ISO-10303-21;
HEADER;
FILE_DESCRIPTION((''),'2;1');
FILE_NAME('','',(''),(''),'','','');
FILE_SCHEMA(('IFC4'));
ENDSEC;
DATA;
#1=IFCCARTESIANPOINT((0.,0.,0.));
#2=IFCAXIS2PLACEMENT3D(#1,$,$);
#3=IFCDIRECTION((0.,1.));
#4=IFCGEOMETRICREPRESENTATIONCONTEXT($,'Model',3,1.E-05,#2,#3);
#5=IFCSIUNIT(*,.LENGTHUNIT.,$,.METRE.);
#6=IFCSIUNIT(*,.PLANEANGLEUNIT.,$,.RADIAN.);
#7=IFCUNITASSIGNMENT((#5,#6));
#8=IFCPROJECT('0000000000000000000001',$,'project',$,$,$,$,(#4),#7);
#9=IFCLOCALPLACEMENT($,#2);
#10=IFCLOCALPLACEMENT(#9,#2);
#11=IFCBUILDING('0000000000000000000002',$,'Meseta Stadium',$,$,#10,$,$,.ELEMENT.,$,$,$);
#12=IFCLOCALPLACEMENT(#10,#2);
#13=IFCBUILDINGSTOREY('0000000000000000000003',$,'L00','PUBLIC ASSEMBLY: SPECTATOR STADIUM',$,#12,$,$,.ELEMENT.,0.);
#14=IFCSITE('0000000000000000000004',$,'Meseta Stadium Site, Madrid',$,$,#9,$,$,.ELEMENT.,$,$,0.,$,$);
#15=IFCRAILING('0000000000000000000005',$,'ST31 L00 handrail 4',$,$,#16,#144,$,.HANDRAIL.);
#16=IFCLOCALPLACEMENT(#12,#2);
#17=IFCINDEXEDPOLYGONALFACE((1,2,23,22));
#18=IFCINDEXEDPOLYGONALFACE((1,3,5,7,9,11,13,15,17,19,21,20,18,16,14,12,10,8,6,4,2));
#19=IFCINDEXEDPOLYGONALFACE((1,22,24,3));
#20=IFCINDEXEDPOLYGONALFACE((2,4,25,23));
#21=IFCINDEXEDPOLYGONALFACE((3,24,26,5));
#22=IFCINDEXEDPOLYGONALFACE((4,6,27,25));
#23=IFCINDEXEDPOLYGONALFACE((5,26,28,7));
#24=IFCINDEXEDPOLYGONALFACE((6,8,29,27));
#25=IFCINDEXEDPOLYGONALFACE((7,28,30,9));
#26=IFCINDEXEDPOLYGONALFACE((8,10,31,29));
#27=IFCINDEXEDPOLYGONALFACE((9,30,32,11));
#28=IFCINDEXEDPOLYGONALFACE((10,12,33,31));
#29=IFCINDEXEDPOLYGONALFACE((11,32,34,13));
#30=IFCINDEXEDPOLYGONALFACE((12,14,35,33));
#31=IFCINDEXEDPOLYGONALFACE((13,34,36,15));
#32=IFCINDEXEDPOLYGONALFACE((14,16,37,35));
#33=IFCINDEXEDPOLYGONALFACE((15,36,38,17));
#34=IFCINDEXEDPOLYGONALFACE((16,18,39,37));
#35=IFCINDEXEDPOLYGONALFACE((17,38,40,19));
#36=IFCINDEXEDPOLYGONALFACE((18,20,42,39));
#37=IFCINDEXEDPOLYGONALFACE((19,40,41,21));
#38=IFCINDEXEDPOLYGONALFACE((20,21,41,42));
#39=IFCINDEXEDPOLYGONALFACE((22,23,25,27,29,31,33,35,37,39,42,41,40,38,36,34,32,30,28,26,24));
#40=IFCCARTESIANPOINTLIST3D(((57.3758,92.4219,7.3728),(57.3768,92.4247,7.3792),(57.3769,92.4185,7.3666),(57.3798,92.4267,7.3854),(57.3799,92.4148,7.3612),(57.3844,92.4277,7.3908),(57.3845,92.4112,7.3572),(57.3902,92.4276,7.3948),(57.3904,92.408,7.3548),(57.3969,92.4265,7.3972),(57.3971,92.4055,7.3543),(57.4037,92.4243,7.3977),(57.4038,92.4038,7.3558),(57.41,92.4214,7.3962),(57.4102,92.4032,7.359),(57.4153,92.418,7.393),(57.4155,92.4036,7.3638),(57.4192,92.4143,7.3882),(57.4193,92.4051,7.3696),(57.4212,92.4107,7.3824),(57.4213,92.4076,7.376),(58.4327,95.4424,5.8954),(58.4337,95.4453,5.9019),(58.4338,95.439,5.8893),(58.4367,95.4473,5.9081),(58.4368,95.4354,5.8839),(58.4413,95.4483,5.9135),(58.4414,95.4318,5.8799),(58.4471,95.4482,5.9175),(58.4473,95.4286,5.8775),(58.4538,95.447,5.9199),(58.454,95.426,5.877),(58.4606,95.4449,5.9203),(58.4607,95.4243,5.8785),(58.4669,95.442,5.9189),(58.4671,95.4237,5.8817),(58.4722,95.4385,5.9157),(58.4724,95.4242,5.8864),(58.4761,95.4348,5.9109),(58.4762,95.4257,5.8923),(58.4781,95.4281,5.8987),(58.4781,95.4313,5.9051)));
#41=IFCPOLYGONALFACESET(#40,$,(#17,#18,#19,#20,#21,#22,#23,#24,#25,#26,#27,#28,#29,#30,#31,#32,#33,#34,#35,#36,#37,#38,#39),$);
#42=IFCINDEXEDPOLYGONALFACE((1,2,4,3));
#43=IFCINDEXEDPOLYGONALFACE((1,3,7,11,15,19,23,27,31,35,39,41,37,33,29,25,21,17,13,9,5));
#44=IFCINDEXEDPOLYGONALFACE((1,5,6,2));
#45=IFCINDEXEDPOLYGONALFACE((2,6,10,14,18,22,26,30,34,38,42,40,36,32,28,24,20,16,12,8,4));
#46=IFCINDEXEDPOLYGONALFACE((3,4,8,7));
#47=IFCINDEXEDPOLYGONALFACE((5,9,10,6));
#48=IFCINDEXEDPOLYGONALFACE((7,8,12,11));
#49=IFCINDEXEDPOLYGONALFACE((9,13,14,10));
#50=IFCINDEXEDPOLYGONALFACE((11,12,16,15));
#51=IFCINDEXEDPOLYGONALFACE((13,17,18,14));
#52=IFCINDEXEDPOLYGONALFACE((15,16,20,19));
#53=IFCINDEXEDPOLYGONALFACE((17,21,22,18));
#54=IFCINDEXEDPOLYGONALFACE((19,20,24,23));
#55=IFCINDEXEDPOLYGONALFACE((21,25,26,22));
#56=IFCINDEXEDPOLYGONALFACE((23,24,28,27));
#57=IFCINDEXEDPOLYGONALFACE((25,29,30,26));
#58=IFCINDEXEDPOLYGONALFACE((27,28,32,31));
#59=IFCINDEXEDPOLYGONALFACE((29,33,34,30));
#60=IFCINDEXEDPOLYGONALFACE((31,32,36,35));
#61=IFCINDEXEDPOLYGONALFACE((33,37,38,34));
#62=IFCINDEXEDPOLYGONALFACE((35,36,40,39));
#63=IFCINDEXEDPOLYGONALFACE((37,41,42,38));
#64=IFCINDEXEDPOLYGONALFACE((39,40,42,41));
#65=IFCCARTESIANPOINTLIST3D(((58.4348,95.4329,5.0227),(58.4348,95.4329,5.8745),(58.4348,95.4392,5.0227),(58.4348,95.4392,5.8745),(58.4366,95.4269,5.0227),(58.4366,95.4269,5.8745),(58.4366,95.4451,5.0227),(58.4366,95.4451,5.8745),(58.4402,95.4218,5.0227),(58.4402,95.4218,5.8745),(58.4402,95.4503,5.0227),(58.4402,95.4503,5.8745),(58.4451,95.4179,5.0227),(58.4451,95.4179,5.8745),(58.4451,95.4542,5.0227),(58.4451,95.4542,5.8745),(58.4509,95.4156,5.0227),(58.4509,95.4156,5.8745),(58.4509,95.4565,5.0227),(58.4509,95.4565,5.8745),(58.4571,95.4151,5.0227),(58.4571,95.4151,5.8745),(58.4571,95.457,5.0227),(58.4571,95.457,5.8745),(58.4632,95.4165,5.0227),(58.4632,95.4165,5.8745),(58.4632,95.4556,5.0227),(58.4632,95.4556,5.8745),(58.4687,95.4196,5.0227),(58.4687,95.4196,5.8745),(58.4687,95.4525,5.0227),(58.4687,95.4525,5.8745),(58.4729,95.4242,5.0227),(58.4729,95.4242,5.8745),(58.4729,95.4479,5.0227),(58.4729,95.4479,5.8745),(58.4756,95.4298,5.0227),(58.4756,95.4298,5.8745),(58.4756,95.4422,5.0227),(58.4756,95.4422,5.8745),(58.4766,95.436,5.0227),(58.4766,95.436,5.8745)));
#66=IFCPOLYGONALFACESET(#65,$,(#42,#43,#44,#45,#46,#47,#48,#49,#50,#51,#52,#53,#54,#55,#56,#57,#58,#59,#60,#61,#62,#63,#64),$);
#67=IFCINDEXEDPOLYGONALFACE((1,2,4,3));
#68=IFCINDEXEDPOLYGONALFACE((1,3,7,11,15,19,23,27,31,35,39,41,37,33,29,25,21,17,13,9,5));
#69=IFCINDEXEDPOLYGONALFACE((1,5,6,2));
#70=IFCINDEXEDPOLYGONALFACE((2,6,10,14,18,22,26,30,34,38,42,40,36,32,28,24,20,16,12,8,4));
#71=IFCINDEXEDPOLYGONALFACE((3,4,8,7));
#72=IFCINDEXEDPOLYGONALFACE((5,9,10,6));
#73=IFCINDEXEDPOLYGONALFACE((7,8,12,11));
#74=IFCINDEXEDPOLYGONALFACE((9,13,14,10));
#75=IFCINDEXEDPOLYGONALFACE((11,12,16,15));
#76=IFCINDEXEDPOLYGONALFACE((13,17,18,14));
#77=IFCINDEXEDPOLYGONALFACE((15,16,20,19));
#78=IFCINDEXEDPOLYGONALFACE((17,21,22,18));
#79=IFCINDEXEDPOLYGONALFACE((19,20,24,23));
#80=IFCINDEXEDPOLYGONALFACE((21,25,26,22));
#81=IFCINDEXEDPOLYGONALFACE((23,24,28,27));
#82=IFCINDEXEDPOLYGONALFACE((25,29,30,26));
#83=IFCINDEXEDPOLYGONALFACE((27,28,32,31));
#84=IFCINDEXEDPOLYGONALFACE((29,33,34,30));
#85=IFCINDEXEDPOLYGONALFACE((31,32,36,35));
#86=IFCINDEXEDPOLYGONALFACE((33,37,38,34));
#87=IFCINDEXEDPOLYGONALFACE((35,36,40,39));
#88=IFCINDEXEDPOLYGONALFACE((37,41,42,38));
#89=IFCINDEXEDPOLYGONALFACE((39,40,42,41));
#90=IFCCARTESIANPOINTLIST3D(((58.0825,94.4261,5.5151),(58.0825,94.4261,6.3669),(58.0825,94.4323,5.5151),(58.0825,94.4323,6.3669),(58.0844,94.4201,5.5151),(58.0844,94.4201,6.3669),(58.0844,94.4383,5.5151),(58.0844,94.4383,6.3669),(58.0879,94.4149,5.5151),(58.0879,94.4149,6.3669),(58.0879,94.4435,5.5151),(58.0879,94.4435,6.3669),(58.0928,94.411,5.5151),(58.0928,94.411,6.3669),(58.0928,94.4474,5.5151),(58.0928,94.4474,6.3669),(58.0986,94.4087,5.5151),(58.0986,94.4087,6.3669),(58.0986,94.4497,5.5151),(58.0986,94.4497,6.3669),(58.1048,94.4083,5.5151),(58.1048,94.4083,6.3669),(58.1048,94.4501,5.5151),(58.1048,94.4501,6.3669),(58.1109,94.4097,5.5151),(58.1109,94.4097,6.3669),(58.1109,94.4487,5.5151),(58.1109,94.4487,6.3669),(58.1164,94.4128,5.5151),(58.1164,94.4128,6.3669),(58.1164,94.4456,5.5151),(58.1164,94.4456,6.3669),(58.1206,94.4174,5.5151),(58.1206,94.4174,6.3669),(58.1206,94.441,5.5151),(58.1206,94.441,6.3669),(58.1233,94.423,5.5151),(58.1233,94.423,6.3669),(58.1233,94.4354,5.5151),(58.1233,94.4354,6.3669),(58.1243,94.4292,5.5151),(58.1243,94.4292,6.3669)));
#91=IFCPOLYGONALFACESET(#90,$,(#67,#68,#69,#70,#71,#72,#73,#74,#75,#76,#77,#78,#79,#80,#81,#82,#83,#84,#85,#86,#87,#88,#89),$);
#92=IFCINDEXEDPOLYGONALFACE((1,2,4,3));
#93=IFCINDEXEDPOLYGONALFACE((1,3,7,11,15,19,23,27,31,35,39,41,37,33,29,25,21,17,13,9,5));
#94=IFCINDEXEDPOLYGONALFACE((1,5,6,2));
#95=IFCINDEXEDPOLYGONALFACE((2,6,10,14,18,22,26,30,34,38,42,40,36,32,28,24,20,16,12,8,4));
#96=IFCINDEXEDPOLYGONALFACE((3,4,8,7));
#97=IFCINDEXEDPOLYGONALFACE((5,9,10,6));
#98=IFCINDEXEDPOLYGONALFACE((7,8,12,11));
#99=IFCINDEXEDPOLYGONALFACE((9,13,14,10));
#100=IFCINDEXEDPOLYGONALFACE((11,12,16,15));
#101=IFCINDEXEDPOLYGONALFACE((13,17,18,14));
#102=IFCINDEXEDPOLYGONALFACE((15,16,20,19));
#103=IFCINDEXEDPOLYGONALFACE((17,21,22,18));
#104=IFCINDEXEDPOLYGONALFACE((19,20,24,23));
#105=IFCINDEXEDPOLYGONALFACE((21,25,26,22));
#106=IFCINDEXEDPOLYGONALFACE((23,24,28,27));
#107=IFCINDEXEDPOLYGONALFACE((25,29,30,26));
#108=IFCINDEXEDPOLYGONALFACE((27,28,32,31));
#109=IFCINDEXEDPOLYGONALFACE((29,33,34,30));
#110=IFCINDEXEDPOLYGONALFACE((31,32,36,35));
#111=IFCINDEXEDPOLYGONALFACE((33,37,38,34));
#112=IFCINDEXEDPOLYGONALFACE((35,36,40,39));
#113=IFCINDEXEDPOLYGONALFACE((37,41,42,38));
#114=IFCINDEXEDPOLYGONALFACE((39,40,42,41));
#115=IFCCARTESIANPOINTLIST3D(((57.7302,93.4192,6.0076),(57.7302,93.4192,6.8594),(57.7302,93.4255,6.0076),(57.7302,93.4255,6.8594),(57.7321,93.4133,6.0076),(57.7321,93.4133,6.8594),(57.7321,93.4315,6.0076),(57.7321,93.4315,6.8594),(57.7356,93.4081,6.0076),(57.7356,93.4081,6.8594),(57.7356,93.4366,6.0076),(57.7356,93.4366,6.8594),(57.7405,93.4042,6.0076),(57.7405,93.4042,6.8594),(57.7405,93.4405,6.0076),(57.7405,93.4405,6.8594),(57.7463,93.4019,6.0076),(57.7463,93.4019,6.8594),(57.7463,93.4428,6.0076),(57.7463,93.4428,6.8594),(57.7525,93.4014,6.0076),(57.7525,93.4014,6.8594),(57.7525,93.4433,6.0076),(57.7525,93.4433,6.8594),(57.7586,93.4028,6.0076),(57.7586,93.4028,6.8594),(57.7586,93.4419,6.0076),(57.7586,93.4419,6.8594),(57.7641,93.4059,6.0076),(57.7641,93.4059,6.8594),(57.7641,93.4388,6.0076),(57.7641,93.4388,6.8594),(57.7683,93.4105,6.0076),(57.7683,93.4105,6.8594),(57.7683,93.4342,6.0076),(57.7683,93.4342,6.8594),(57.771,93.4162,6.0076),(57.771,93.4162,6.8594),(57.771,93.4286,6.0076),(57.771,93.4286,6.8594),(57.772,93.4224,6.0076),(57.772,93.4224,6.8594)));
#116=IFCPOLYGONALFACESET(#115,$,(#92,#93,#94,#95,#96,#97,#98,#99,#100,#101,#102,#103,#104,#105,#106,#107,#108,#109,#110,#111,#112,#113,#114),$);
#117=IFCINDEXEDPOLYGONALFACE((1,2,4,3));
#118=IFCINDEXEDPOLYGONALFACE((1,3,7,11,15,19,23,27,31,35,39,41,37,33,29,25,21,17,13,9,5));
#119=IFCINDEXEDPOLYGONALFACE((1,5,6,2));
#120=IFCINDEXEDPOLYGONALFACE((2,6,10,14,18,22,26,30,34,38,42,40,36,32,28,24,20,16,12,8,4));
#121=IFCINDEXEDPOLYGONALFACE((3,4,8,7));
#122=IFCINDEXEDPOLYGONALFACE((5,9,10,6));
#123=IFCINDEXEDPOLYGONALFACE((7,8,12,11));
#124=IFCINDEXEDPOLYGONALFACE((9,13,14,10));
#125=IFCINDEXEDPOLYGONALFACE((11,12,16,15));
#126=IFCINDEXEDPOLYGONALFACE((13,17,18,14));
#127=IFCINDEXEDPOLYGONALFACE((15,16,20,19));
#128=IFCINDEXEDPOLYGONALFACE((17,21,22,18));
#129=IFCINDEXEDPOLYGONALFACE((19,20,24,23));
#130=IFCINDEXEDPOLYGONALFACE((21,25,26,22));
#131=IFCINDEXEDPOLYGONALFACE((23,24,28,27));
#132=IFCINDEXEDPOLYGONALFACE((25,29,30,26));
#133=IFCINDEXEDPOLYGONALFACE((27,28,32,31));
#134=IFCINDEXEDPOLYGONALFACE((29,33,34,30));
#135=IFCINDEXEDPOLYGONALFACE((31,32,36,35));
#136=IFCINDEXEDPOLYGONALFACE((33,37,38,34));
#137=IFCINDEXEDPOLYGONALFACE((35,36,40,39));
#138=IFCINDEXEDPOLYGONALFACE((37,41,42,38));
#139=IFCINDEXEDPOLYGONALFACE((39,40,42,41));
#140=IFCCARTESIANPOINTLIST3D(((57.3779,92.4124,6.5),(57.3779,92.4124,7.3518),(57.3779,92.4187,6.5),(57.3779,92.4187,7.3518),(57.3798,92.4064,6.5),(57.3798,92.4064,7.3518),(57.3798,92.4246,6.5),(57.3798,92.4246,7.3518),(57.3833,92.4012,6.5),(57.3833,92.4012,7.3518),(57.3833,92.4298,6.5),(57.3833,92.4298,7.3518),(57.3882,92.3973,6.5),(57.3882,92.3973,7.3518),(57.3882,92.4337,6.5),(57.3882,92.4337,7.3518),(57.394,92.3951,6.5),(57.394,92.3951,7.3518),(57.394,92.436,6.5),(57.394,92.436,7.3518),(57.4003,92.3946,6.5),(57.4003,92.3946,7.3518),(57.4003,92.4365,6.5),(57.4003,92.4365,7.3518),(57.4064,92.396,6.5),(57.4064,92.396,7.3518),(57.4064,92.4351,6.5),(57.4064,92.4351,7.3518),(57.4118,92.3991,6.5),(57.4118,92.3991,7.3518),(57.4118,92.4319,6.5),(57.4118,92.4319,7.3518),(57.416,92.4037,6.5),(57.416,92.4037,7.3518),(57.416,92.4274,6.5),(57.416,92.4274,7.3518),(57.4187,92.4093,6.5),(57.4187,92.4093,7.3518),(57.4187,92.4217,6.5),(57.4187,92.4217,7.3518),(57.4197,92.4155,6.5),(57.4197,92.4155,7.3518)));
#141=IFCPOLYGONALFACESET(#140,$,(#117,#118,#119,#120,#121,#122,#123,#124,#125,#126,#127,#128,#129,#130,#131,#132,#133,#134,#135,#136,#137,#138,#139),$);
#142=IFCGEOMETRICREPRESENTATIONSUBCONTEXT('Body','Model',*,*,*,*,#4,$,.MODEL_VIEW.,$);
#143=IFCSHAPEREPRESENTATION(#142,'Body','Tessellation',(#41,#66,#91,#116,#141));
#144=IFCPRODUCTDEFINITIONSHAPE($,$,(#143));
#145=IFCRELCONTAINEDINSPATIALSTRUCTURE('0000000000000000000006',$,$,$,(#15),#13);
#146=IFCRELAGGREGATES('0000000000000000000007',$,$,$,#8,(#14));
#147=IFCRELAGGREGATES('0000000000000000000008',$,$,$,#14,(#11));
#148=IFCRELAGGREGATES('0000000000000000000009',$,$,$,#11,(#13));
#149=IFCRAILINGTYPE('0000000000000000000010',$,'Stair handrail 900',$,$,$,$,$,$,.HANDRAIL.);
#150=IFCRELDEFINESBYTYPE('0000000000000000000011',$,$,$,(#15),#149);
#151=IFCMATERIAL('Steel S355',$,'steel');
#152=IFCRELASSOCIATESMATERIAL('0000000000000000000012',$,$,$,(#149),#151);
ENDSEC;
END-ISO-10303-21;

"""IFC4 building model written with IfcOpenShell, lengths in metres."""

from ifc_helpers import new_model, si_unit, direction, frame, origin, origin_2d, place, context, subcontext, project, spatial, circle, extrude, material, type_object, element, save


model = new_model("IFC4")

# Units and contexts
model_context = context("Model", 3, precision=1e-05, world=origin(), true_north=direction((0.0, 1.0)))
body_context = subcontext(model_context, "Body", "Model", "MODEL_VIEW")
ifc_project = project(units=[si_unit("LENGTHUNIT", "METRE"), si_unit("PLANEANGLEUNIT", "RADIAN")], contexts=[model_context])

# Site, building, storey
site_placement = place(None, origin())
site = spatial("IfcSite", under=ifc_project, at=site_placement, Name="Meseta Stadium Site, Madrid", CompositionType="ELEMENT", RefElevation=0.0)
building_placement = place(site_placement, origin())
building = spatial("IfcBuilding", under=site, at=building_placement, Name="Meseta Stadium", CompositionType="ELEMENT")
storey_placement = place(building_placement, origin())
storey = spatial("IfcBuildingStorey", under=building, at=storey_placement, Name="L00", Description="PUBLIC ASSEMBLY: SPECTATOR STADIUM", CompositionType="ELEMENT", Elevation=0.0)

# Railing
ifc_material_1 = material(Name="Steel S355", Category="steel")
railing_type_1 = type_object("IfcRailingType", Name="Stair handrail 900", PredefinedType="HANDRAIL", material=ifc_material_1)
for number, where, name in (
    (1, (58.4556, 95.436, 5.0227), "ST31 L00 handrail 4"),
):
    element("IfcRailing", number, at=place(storey_placement, frame(where)), inside=storey, type_object=railing_type_1, Name=name, PredefinedType="HANDRAIL", context=body_context, shape_type="SweptSolid", body=[
        extrude(circle(Radius=0.0239, at=origin_2d()), frame((0.0, 0.0, 0.876), z_axis=(-0.299859, -0.856977, 0.419137), x_axis=(0.943887, -0.330269, 0.0)), (0.0, 0.0, 1.0), 3.5247),
        extrude(circle(Radius=0.021, at=origin_2d()), origin(), (0.0, 0.0, 1.0), 0.8518),
        extrude(circle(Radius=0.021, at=origin_2d()), frame((-0.3523, -1.0068, 0.4924)), (0.0, 0.0, 1.0), 0.8518),
        extrude(circle(Radius=0.021, at=origin_2d()), frame((-0.7046, -2.0137, 0.9849)), (0.0, 0.0, 1.0), 0.8518),
        extrude(circle(Radius=0.021, at=origin_2d()), frame((-1.0569, -3.0205, 1.4773)), (0.0, 0.0, 1.0), 0.8518),
    ])

save(model, "model.ifc")
